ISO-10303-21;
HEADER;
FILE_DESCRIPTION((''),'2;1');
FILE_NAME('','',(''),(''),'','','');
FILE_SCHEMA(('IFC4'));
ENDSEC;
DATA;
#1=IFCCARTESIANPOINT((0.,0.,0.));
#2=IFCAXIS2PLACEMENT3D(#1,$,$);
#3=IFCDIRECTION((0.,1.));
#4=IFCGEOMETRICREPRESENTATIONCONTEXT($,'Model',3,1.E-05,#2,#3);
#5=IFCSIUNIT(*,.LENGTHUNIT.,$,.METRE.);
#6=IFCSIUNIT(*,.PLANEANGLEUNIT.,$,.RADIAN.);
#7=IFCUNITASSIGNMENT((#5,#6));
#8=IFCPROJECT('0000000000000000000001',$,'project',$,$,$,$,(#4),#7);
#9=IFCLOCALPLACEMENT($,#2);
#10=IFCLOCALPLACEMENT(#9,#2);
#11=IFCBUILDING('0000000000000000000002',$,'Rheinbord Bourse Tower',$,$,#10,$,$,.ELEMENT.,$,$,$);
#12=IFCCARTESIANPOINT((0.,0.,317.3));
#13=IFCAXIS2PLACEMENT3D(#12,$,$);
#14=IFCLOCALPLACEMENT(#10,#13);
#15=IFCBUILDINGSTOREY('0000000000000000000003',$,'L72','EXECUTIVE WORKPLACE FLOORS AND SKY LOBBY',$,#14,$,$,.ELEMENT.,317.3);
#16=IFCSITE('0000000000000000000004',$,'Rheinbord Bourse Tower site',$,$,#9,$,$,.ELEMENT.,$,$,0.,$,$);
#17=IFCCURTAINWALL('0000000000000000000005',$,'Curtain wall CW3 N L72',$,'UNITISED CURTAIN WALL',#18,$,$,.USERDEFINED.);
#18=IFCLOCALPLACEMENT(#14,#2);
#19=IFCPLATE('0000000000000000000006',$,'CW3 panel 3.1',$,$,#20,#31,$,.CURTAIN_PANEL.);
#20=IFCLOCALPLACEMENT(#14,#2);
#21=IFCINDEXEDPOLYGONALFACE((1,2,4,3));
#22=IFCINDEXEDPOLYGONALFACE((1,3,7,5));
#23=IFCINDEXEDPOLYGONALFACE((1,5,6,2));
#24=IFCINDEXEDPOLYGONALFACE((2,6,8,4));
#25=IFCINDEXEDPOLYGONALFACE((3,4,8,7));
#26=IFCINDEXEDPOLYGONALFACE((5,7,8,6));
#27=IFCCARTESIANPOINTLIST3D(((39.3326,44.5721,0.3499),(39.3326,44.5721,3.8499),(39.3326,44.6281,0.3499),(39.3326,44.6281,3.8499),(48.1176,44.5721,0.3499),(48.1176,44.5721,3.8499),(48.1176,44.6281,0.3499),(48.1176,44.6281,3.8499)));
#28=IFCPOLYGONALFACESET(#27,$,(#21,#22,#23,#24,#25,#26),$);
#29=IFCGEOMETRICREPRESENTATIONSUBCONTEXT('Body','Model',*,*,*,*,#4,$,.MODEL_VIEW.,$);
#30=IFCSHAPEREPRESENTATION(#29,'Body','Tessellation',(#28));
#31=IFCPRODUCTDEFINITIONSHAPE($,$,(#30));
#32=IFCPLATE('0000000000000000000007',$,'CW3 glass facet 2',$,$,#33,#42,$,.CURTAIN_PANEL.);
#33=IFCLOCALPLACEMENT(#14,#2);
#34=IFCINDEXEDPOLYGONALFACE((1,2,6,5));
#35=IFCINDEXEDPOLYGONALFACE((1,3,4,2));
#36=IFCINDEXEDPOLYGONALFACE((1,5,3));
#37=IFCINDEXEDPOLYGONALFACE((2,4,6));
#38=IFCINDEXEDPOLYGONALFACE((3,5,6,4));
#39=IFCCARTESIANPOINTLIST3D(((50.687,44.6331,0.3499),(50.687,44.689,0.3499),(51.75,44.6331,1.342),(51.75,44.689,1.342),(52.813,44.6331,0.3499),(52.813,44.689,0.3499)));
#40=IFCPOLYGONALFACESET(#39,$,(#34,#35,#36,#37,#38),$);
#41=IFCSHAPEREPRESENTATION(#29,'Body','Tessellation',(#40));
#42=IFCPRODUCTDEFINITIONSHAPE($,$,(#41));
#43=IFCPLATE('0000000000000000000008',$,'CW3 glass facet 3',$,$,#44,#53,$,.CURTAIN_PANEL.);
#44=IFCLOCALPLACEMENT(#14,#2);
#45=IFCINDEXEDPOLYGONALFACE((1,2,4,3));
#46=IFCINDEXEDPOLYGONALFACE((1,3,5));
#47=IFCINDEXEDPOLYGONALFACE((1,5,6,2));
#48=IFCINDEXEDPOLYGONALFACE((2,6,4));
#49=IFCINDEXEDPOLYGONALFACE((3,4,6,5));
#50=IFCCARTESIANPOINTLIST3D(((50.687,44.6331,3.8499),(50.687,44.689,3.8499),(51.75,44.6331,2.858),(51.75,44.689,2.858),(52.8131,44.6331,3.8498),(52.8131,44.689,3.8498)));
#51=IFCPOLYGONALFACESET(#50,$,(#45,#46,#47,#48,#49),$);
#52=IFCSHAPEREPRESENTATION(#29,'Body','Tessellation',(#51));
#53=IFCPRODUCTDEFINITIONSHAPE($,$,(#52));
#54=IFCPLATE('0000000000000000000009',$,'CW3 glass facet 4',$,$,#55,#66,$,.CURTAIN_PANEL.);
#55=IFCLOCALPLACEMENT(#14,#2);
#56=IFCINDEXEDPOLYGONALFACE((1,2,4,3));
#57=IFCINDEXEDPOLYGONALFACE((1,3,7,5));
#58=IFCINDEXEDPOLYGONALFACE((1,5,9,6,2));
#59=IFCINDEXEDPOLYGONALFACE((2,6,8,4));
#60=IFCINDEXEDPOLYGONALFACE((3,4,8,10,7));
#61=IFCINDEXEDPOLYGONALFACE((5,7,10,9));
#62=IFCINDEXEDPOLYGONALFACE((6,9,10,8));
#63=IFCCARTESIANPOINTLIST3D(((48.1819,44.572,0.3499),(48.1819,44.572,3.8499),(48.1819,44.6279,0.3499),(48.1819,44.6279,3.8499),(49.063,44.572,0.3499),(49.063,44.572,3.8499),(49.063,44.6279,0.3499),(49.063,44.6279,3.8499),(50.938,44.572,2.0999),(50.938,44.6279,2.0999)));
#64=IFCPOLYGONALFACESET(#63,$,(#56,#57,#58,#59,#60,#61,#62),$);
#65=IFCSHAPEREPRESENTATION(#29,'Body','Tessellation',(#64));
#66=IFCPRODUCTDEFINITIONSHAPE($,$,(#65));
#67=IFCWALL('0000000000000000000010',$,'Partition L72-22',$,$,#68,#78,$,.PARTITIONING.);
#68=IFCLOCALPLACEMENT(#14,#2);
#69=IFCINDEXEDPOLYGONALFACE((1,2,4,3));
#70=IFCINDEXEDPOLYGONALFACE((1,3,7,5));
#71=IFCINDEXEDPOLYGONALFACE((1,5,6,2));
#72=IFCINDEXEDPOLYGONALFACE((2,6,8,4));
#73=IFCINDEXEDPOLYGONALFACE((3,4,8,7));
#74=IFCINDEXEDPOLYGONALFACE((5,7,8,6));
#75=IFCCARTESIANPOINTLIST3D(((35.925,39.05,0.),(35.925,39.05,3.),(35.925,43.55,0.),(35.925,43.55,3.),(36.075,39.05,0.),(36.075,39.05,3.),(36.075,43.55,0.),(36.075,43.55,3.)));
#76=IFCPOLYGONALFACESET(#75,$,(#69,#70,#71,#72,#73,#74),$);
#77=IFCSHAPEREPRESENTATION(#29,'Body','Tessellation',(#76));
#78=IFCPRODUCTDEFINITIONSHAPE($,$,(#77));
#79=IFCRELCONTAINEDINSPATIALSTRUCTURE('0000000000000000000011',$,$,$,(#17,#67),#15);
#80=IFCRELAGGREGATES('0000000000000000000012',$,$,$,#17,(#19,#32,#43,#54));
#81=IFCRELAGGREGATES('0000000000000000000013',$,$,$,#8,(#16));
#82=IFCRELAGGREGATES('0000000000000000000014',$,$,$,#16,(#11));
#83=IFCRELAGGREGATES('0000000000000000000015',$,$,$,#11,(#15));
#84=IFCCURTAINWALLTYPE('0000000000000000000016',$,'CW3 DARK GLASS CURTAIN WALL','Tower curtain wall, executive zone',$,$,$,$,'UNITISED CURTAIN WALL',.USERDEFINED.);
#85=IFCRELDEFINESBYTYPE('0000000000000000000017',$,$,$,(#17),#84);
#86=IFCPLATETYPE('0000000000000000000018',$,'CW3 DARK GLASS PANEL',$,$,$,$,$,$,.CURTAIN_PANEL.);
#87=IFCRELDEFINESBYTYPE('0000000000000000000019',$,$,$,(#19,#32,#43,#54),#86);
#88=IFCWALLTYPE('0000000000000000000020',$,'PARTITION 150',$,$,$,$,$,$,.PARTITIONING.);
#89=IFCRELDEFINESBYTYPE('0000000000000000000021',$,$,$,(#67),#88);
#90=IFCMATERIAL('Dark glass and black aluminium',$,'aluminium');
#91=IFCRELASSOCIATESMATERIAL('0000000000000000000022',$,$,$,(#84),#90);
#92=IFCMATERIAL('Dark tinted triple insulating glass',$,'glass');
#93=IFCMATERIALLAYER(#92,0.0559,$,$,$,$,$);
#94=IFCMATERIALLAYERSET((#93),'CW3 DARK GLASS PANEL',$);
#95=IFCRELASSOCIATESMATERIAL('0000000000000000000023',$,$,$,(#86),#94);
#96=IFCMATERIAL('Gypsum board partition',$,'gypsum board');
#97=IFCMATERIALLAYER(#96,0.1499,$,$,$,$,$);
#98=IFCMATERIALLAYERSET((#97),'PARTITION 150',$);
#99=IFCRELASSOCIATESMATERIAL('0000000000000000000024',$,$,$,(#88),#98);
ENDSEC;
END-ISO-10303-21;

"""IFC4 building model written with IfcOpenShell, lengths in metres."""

from ifc_helpers import new_model, si_unit, direction, frame, frame_2d, origin, origin_2d, place, context, subcontext, project, spatial, polyline, rectangle, outline, extrude, material, layer, layer_set, type_object, element, aggregate, save


model = new_model("IFC4")

# Units and contexts
model_context = context("Model", 3, precision=1e-05, world=origin(), true_north=direction((0.0, 1.0)))
body_context = subcontext(model_context, "Body", "Model", "MODEL_VIEW")
ifc_project = project(units=[si_unit("LENGTHUNIT", "METRE"), si_unit("PLANEANGLEUNIT", "RADIAN")], contexts=[model_context])

# Site, building, storey
site_placement = place(None, origin())
site = spatial("IfcSite", under=ifc_project, at=site_placement, Name="Rheinbord Bourse Tower site", CompositionType="ELEMENT", RefElevation=0.0)
building_placement = place(site_placement, origin())
building = spatial("IfcBuilding", under=site, at=building_placement, Name="Rheinbord Bourse Tower", CompositionType="ELEMENT")
storey_placement = place(building_placement, frame((0.0, 0.0, 317.3)))
storey = spatial("IfcBuildingStorey", under=building, at=storey_placement, Name="L72", Description="EXECUTIVE WORKPLACE FLOORS AND SKY LOBBY", CompositionType="ELEMENT", Elevation=317.3)

# Curtain wall
ifc_material_1 = material(Name="Dark glass and black aluminium", Category="aluminium")
curtain_wall_type = type_object("IfcCurtainWallType", Name="CW3 DARK GLASS CURTAIN WALL", Description="Tower curtain wall, executive zone", ElementType="UNITISED CURTAIN WALL", PredefinedType="USERDEFINED", material=ifc_material_1)
curtain_wall_placement = place(storey_placement, origin())
curtain_wall = element("IfcCurtainWall", 1, at=curtain_wall_placement, inside=storey, type_object=curtain_wall_type, Name="Curtain wall CW3 N L72", ObjectType="UNITISED CURTAIN WALL", PredefinedType="USERDEFINED")

# Plates
ifc_material_2 = material(Name="Dark tinted triple insulating glass", Category="glass")
ifc_layer_1 = layer(ifc_material_2, 0.0559)
ifc_layer_set_1 = layer_set([ifc_layer_1], Name="CW3 DARK GLASS PANEL")
plate_type = type_object("IfcPlateType", Name="CW3 DARK GLASS PANEL", PredefinedType="CURTAIN_PANEL", material=ifc_layer_set_1)
plate_1_placement = place(storey_placement, frame((43.7251, 44.6001, 0.3499), z_axis=(0.0, 0.0, 1.0), x_axis=(-1.0, 0.0, 0.0)))
plate_1 = element("IfcPlate", 2, at=plate_1_placement, type_object=plate_type, Name="CW3 panel 3.1", PredefinedType="CURTAIN_PANEL", context=body_context, shape_type="SweptSolid", body=[
    extrude(rectangle(XDim=8.7849, YDim=0.0559, at=origin_2d()), origin(), (0.0, 0.0, 1.0), 3.5),
])
plate_2_placement = place(storey_placement, frame((52.813, 44.689, 0.3499), z_axis=(0.0, -1.0, 0.0), x_axis=(-0.731033, 0.0, 0.682342)))
plate_2 = element("IfcPlate", 3, at=plate_2_placement, type_object=plate_type, Name="CW3 glass facet 2", PredefinedType="CURTAIN_PANEL", context=body_context, shape_type="SweptSolid", body=[
    extrude(outline(polyline([(0.0, 0.0), (1.4541, 0.0), (1.5542, 1.4507), (0.0, 0.0)])), origin(), (0.0, 0.0, 1.0), 0.0559),
])
plate_3_placement = place(storey_placement, frame((50.687, 44.689, 3.8499), z_axis=(0.0, -1.0, 0.0), x_axis=(0.731117, 0.0, -0.682252)))
plate_3 = element("IfcPlate", 4, at=plate_3_placement, type_object=plate_type, Name="CW3 glass facet 3", PredefinedType="CURTAIN_PANEL", context=body_context, shape_type="SweptSolid", body=[
    extrude(outline(polyline([(0.0, 0.0), (1.4539, 0.0), (1.5544, 1.4504), (0.0, 0.0)])), origin(), (0.0, 0.0, 1.0), 0.0559),
])
plate_4_placement = place(storey_placement, frame((48.1819, 44.6279, 3.8499), z_axis=(0.0, -1.0, 0.0), x_axis=(0.0, 0.0, -1.0)))
plate_4 = element("IfcPlate", 5, at=plate_4_placement, type_object=plate_type, Name="CW3 glass facet 4", PredefinedType="CURTAIN_PANEL", context=body_context, shape_type="SweptSolid", body=[
    extrude(outline(polyline([(0.0, 0.0), (3.5, 0.0), (3.5, 0.8811), (1.75, 2.7561), (0.0, 0.8811), (0.0, 0.0)])), origin(), (0.0, 0.0, 1.0), 0.0559),
])
aggregate(curtain_wall, [plate_1, plate_2, plate_3, plate_4])

# Wall
ifc_material_3 = material(Name="Gypsum board partition", Category="gypsum board")
ifc_layer_2 = layer(ifc_material_3, 0.1499)
ifc_layer_set_2 = layer_set([ifc_layer_2], Name="PARTITION 150")
wall_type = type_object("IfcWallType", Name="PARTITION 150", PredefinedType="PARTITIONING", material=ifc_layer_set_2)
wall_placement = place(storey_placement, frame((36.0, 39.05, 0.0), z_axis=(0.0, 0.0, 1.0), x_axis=(0.0, 1.0, 0.0)))
element("IfcWall", 6, at=wall_placement, inside=storey, type_object=wall_type, Name="Partition L72-22", PredefinedType="PARTITIONING", context=body_context, shape_type="SweptSolid", body=[
    extrude(rectangle(XDim=4.5, YDim=0.1499, at=frame_2d((2.25, 0.0))), origin(), (0.0, 0.0, 1.0), 3.0),
])

save(model, "model.ifc")
